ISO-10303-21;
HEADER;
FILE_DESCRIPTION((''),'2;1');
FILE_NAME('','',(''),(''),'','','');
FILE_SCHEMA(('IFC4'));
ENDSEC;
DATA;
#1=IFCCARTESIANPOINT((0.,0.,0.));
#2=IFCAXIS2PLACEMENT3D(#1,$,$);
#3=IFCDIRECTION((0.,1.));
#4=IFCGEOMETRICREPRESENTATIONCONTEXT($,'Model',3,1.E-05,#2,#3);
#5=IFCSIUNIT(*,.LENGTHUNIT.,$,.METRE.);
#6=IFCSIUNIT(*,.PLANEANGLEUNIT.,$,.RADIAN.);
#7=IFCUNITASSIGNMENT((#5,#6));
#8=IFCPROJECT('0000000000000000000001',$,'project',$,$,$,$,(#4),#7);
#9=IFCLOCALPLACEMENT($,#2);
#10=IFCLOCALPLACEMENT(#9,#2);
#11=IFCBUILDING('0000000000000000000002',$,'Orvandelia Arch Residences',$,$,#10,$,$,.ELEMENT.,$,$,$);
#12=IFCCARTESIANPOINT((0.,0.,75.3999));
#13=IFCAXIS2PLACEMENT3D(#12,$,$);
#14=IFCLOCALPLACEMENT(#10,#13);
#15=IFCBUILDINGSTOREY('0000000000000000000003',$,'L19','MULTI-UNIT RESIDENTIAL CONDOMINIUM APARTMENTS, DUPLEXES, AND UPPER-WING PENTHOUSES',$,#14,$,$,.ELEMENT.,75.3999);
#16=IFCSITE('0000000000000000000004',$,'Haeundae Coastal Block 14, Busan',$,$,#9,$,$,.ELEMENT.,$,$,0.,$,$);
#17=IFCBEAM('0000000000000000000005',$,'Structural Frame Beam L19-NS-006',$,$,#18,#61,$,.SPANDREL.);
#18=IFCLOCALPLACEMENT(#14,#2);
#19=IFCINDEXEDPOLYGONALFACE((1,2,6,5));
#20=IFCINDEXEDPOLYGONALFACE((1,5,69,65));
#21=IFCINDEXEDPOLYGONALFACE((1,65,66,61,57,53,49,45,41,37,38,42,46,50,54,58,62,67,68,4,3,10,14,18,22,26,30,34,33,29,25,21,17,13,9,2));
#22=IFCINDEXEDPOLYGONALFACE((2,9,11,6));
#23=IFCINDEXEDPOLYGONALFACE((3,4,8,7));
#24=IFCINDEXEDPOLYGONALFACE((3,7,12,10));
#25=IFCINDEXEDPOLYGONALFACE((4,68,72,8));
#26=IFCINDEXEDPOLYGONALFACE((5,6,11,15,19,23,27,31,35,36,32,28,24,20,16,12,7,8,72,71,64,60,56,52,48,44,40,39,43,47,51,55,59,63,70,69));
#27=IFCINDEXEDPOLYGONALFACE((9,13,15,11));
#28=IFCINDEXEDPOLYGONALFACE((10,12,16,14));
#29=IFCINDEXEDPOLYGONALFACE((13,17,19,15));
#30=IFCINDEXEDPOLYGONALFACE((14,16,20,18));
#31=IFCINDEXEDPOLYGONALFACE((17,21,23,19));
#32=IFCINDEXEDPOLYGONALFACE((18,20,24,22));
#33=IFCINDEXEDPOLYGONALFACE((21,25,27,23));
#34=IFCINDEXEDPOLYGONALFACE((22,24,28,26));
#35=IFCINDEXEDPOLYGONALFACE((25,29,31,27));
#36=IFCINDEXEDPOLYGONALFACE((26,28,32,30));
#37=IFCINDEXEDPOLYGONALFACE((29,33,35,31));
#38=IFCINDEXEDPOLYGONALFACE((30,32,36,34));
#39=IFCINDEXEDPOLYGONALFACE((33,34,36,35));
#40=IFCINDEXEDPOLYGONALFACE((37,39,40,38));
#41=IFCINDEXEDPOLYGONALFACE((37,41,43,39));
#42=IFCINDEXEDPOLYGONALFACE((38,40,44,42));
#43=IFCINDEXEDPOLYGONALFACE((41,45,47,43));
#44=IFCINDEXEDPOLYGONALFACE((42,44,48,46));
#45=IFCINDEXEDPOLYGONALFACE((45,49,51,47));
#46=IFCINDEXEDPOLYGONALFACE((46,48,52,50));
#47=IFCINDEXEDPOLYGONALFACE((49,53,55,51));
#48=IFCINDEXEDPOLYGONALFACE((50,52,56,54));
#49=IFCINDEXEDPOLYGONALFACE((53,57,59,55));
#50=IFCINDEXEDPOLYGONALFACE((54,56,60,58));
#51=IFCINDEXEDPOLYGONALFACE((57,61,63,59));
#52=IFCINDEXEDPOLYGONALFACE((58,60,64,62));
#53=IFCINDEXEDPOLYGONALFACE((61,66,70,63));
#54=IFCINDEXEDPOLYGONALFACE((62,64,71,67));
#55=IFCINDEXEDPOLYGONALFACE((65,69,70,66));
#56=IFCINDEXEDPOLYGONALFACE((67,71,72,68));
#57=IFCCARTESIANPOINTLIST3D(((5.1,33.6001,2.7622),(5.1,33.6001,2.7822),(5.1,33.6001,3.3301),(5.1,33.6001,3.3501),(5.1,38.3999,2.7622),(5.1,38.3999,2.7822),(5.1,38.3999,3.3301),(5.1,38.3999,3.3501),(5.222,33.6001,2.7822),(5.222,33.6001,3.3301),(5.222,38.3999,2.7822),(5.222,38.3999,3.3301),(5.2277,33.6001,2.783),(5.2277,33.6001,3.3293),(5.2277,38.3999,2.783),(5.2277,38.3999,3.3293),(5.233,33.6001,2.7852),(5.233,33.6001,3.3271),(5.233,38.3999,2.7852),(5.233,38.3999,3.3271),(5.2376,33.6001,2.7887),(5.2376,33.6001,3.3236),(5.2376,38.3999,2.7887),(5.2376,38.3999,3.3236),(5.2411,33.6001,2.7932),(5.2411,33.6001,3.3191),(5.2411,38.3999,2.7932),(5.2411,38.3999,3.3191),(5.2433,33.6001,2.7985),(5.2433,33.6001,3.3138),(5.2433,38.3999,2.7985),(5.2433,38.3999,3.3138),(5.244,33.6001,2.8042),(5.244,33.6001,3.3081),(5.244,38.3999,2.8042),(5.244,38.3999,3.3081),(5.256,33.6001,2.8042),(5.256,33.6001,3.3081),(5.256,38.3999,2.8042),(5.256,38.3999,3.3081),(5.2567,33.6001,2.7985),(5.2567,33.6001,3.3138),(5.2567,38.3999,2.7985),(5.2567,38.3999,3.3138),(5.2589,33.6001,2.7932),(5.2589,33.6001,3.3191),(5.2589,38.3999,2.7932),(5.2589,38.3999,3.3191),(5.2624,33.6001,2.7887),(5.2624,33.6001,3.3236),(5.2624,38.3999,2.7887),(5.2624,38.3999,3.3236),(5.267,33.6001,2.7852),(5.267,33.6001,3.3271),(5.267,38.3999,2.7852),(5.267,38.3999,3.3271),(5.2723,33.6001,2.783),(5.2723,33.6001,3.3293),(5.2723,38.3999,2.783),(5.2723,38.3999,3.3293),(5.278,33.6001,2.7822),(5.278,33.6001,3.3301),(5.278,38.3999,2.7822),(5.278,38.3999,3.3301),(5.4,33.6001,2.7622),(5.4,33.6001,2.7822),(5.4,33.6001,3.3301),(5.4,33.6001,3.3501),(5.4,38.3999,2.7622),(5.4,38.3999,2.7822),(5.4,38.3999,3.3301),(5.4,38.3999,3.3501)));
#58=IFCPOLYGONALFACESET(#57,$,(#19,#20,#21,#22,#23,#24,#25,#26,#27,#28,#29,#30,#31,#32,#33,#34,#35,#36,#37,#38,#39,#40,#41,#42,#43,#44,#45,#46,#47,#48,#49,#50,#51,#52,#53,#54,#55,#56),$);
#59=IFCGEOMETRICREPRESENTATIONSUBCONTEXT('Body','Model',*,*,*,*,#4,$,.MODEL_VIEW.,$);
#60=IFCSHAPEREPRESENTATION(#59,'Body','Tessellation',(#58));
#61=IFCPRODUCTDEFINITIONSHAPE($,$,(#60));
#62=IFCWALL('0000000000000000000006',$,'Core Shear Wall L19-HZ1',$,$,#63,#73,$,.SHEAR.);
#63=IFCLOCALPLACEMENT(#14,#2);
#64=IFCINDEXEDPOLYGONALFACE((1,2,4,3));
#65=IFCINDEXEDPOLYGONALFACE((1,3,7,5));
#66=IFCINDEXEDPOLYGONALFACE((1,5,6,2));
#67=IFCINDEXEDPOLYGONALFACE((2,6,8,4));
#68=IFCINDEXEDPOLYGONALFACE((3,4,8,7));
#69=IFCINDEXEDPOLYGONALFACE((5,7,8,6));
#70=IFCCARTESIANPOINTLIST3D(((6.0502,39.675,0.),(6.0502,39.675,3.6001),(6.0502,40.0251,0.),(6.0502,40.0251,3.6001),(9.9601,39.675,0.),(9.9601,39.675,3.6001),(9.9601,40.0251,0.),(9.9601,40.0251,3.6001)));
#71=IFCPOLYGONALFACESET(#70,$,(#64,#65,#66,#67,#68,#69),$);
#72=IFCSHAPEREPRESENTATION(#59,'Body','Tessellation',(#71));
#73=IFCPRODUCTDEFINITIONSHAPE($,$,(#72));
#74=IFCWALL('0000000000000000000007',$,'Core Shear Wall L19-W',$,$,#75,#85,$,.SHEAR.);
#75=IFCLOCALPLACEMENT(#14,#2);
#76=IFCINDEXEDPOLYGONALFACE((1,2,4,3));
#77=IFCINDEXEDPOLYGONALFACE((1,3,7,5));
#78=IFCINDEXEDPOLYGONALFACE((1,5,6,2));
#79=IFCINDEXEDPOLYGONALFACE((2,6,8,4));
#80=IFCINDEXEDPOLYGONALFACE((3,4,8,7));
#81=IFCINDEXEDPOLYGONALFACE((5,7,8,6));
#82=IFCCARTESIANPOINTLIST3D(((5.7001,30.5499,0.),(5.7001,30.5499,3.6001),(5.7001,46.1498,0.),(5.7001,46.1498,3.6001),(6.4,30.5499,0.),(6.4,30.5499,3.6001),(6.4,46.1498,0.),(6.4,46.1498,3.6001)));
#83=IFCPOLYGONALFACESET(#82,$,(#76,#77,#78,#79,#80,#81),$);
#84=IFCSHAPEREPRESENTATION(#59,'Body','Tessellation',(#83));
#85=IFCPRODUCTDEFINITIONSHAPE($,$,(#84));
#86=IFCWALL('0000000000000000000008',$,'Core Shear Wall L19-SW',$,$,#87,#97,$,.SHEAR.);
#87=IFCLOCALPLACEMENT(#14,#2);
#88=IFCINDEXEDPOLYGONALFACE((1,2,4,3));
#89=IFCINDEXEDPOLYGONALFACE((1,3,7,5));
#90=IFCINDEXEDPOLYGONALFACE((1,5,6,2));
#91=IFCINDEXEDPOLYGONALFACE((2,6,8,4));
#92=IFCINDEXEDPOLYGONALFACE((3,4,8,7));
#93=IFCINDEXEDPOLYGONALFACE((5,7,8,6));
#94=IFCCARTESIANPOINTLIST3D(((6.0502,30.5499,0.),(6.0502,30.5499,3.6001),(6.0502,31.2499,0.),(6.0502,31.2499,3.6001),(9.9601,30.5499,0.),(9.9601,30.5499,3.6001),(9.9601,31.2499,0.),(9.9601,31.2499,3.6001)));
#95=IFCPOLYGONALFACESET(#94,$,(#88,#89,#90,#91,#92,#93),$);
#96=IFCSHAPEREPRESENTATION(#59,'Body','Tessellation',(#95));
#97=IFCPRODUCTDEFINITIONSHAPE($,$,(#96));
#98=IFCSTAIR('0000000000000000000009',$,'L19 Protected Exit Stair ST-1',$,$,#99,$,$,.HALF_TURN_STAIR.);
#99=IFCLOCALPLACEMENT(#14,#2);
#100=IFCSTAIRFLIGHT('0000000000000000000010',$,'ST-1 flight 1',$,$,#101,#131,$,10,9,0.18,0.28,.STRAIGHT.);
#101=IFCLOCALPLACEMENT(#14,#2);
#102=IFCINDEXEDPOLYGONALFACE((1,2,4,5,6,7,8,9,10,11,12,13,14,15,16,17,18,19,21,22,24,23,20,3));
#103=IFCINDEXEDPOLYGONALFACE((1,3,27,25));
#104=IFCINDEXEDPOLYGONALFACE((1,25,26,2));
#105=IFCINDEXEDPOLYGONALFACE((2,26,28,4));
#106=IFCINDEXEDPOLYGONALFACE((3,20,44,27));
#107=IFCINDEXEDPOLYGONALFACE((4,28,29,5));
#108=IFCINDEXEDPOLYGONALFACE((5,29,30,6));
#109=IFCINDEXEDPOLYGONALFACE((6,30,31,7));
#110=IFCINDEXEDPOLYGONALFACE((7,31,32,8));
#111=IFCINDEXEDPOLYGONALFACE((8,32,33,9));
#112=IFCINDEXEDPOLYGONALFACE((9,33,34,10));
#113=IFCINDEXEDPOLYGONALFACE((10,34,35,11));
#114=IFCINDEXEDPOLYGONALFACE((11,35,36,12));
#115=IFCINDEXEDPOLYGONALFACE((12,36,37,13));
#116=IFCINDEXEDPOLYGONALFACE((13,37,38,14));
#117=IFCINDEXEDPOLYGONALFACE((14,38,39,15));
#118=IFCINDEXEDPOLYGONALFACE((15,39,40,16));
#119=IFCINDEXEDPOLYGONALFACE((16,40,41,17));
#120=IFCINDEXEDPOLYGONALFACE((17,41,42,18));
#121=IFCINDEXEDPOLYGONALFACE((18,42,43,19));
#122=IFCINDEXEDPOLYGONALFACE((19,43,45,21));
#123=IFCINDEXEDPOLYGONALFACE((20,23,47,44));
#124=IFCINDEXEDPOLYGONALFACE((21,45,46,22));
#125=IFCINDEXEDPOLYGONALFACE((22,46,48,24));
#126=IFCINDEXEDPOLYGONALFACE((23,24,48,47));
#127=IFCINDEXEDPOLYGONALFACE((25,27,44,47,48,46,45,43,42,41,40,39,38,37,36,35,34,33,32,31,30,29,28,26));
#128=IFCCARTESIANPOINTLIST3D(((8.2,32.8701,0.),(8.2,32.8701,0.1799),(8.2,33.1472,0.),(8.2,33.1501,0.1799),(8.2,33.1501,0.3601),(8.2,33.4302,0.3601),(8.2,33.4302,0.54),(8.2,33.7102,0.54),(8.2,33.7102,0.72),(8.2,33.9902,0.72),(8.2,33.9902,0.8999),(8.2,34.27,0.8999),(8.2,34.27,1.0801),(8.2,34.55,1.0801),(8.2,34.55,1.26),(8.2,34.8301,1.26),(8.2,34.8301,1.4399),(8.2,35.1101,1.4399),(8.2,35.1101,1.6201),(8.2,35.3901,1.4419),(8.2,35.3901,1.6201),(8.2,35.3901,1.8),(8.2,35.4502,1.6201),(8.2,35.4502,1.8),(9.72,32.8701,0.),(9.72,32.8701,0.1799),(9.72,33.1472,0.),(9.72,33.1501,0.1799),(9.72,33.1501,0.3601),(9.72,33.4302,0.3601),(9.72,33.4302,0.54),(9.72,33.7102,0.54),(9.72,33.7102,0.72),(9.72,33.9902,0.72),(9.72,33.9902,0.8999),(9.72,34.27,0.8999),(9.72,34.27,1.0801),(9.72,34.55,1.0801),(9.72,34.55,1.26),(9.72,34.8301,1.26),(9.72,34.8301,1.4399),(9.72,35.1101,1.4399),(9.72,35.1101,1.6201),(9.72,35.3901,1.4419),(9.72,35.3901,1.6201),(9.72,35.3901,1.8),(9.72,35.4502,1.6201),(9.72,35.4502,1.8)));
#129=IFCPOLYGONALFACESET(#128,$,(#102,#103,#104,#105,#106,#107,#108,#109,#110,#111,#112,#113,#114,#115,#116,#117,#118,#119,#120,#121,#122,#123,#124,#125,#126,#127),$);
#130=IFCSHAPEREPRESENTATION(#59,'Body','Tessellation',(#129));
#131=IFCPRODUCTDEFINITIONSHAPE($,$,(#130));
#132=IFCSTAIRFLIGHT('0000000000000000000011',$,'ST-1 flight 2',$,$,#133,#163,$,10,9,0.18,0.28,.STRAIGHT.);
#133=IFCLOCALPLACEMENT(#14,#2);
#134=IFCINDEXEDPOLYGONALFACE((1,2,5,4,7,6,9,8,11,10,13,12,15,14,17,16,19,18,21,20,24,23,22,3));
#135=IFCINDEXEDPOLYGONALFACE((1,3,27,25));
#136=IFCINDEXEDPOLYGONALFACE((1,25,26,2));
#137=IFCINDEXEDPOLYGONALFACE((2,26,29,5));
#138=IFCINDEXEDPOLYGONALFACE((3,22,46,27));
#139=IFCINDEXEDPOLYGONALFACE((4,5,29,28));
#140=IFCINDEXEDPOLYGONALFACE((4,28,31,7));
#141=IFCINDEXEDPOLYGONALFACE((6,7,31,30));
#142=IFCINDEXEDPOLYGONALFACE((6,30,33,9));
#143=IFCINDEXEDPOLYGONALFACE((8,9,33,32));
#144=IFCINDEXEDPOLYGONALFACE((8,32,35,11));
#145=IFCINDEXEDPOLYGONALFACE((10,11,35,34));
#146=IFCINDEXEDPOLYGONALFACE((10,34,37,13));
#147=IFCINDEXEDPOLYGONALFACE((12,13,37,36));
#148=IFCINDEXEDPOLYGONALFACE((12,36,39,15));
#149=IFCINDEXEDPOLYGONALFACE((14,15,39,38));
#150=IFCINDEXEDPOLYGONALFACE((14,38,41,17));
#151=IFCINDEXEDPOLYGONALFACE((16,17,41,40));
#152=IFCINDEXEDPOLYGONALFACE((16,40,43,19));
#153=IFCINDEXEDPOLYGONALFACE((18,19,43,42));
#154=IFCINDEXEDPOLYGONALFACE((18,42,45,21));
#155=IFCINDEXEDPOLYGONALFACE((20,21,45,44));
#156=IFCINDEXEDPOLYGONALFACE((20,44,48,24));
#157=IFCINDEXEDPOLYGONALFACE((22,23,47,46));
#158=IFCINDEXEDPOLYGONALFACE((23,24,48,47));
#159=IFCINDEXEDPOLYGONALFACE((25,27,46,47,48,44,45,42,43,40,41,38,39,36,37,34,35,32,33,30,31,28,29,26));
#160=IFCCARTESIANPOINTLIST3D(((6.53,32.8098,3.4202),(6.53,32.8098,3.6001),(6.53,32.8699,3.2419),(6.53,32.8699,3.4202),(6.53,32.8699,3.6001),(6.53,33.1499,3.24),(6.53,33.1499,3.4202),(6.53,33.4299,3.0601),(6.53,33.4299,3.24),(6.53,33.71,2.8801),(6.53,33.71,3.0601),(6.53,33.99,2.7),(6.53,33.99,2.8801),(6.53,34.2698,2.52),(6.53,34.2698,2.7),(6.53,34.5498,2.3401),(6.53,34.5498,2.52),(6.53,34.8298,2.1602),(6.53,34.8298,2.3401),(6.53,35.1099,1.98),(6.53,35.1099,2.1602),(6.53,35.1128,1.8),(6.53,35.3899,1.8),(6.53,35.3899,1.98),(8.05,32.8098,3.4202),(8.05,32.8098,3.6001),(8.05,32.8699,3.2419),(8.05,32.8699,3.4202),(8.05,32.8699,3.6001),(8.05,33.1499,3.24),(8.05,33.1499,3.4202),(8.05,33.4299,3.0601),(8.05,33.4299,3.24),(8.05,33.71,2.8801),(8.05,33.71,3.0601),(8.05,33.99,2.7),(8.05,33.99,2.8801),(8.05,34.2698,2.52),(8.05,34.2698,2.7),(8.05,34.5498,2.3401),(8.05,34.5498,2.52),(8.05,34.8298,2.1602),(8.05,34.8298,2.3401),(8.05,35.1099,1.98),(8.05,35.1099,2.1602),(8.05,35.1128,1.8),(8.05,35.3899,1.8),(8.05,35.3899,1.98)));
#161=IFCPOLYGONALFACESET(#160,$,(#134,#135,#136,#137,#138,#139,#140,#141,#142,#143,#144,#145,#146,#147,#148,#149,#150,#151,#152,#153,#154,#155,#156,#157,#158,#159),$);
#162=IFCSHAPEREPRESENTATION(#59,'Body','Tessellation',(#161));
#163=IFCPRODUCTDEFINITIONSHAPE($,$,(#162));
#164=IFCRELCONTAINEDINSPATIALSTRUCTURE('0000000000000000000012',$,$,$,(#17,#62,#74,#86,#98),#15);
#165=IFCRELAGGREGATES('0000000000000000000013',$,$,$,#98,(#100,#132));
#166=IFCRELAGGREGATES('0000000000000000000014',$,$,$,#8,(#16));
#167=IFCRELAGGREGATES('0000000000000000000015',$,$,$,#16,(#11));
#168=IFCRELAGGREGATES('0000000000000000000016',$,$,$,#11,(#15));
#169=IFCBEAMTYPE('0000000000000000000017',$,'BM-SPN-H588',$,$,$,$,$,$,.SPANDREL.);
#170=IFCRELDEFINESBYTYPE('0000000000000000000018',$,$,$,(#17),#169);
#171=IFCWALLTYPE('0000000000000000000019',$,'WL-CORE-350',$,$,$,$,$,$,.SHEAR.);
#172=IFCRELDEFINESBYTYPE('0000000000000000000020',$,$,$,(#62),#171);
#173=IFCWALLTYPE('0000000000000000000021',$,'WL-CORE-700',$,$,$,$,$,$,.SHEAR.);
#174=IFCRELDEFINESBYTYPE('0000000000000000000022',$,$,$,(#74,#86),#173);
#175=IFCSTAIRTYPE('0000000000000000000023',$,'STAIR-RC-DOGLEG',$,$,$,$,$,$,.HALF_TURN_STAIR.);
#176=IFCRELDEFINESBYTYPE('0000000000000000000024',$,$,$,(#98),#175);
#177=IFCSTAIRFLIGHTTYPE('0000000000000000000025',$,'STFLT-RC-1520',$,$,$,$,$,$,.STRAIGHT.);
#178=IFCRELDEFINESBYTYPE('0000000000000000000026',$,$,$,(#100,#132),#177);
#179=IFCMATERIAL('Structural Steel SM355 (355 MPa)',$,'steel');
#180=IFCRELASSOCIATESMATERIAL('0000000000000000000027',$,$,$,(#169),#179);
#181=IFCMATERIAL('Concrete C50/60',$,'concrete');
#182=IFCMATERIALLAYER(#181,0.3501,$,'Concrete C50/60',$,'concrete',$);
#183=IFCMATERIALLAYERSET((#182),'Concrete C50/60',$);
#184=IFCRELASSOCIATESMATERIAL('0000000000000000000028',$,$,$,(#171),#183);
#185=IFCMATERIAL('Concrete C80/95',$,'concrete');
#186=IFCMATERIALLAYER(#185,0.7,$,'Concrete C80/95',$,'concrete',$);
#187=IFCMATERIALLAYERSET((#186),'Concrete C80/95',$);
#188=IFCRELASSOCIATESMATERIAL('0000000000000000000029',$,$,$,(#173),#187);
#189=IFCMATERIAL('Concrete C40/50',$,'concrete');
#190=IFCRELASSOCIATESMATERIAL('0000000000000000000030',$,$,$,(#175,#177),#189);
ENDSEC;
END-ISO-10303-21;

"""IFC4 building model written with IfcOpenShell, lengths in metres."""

from ifc_helpers import new_model, si_unit, direction, frame, frame_2d, origin, origin_2d, place, context, subcontext, project, spatial, polyline, rectangle, i_section, outline, extrude, material, layer, layer_set, material_profile, profile_set, type_object, element, aggregate, save


model = new_model("IFC4")

# Units and contexts
model_context = context("Model", 3, precision=1e-05, world=origin(), true_north=direction((0.0, 1.0)))
body_context = subcontext(model_context, "Body", "Model", "MODEL_VIEW")
ifc_project = project(units=[si_unit("LENGTHUNIT", "METRE"), si_unit("PLANEANGLEUNIT", "RADIAN")], contexts=[model_context])

# Site, building, storey
site_placement = place(None, origin())
site = spatial("IfcSite", under=ifc_project, at=site_placement, Name="Haeundae Coastal Block 14, Busan", CompositionType="ELEMENT", RefElevation=0.0)
building_placement = place(site_placement, origin())
building = spatial("IfcBuilding", under=site, at=building_placement, Name="Orvandelia Arch Residences", CompositionType="ELEMENT")
storey_placement = place(building_placement, frame((0.0, 0.0, 75.3999)))
storey = spatial("IfcBuildingStorey", under=building, at=storey_placement, Name="L19", Description="MULTI-UNIT RESIDENTIAL CONDOMINIUM APARTMENTS, DUPLEXES, AND UPPER-WING PENTHOUSES", CompositionType="ELEMENT", Elevation=75.3999)

# Shared definitions
ifc_material_1 = material(Name="Concrete C80/95", Category="concrete")

# Beam
ifc_material_2 = material(Name="Structural Steel SM355 (355 MPa)", Category="steel")
ifc_material_profile_1 = material_profile(ifc_material_2, i_section(OverallWidth=0.3, OverallDepth=0.5879, WebThickness=0.012, FlangeThickness=0.02, FilletRadius=0.022, at=origin_2d()), Name="Structural Steel SM355 (355 MPa)", Category="steel")
ifc_profile_set_1 = profile_set([ifc_material_profile_1], Name="Structural Steel SM355 (355 MPa)")
beam_type_1 = type_object("IfcBeamType", Name="BM-SPN-H588", PredefinedType="SPANDREL", material=ifc_profile_set_1)
beam_1_placement = place(storey_placement, frame((5.25, 33.6001, 3.0562), z_axis=(0.0, 1.0, 0.0), x_axis=(-1.0, 0.0, 0.0)))
element("IfcBeam", 1, at=beam_1_placement, inside=storey, type_object=beam_type_1, Name="Structural Frame Beam L19-NS-006", PredefinedType="SPANDREL", context=body_context, shape_type="SweptSolid", body=[
    extrude(i_section(OverallWidth=0.3, OverallDepth=0.5879, WebThickness=0.012, FlangeThickness=0.02, FilletRadius=0.022, at=origin_2d()), origin(), (0.0, 0.0, 1.0), 4.7998),
])

# Walls
ifc_material_3 = material(Name="Concrete C50/60", Category="concrete")
ifc_layer_1 = layer(ifc_material_3, 0.3501, Name="Concrete C50/60", Category="concrete")
ifc_layer_set_1 = layer_set([ifc_layer_1], Name="Concrete C50/60")
wall_type_1 = type_object("IfcWallType", Name="WL-CORE-350", PredefinedType="SHEAR", material=ifc_layer_set_1)
wall_1_placement = place(storey_placement, frame((6.05, 39.8501, 0.0), z_axis=(0.0, 0.0, 1.0), x_axis=(1.0, 0.0, 0.0)))
element("IfcWall", 2, at=wall_1_placement, inside=storey, type_object=wall_type_1, Name="Core Shear Wall L19-HZ1", PredefinedType="SHEAR", context=body_context, shape_type="SweptSolid", body=[
    extrude(rectangle(XDim=3.9099, YDim=0.3501, at=frame_2d((1.9551, 0.0))), origin(), (0.0, 0.0, 1.0), 3.6001),
])
ifc_layer_2 = layer(ifc_material_1, 0.7, Name="Concrete C80/95", Category="concrete")
ifc_layer_set_2 = layer_set([ifc_layer_2], Name="Concrete C80/95")
wall_type_2 = type_object("IfcWallType", Name="WL-CORE-700", PredefinedType="SHEAR", material=ifc_layer_set_2)
wall_2_placement = place(storey_placement, frame((6.05, 30.55, 0.0), z_axis=(0.0, 0.0, 1.0), x_axis=(0.0, 1.0, 0.0)))
element("IfcWall", 3, at=wall_2_placement, inside=storey, type_object=wall_type_2, Name="Core Shear Wall L19-W", PredefinedType="SHEAR", context=body_context, shape_type="SweptSolid", body=[
    extrude(rectangle(XDim=15.5999, YDim=0.7, at=frame_2d((7.7998, 0.0))), origin(), (0.0, 0.0, 1.0), 3.6001),
])
wall_3_placement = place(storey_placement, frame((6.05, 30.8999, 0.0), z_axis=(0.0, 0.0, 1.0), x_axis=(1.0, 0.0, 0.0)))
element("IfcWall", 4, at=wall_3_placement, inside=storey, type_object=wall_type_2, Name="Core Shear Wall L19-SW", PredefinedType="SHEAR", context=body_context, shape_type="SweptSolid", body=[
    extrude(rectangle(XDim=3.9099, YDim=0.7, at=frame_2d((1.9551, 0.0))), origin(), (0.0, 0.0, 1.0), 3.6001),
])

# Stair, stair flights
ifc_material_4 = material(Name="Concrete C40/50", Category="concrete")
stair_type = type_object("IfcStairType", Name="STAIR-RC-DOGLEG", PredefinedType="HALF_TURN_STAIR", material=ifc_material_4)
stair_placement = place(storey_placement, origin())
stair = element("IfcStair", 5, at=stair_placement, inside=storey, type_object=stair_type, Name="L19 Protected Exit Stair ST-1", PredefinedType="HALF_TURN_STAIR")
stair_flight_type = type_object("IfcStairFlightType", Name="STFLT-RC-1520", PredefinedType="STRAIGHT", material=ifc_material_4)
stair_flight_1_placement = place(storey_placement, frame((8.96, 32.8701, 0.0), z_axis=(0.0, 0.0, 1.0), x_axis=(0.0, 1.0, 0.0)))
stair_flight_1 = element("IfcStairFlight", 6, at=stair_flight_1_placement, type_object=stair_flight_type, Name="ST-1 flight 1", NumberOfRisers=10, NumberOfTreads=9, PredefinedType="STRAIGHT", RiserHeight=0.18, TreadLength=0.28, context=body_context, shape_type="SweptSolid", body=[
    extrude(outline(polyline([(0.0, 0.0), (0.0, 0.1799), (0.28, 0.1799), (0.28, 0.3601), (0.5601, 0.3601), (0.5601, 0.54), (0.8401, 0.54), (0.8401, 0.72), (1.1201, 0.72), (1.1201, 0.8999), (1.3999, 0.8999), (1.3999, 1.0801), (1.6799, 1.0801), (1.6799, 1.26), (1.96, 1.26), (1.96, 1.4399), (2.24, 1.4399), (2.24, 1.6201), (2.52, 1.6201), (2.52, 1.8), (2.5801, 1.8), (2.5801, 1.6201), (2.52, 1.4419), (0.2771, 0.0), (0.0, 0.0)])), frame((0.0, 0.76, 0.0), z_axis=(0.0, -1.0, 0.0), x_axis=(1.0, 0.0, 0.0)), (0.0, 0.0, 1.0), 1.52),
])
stair_flight_2_placement = place(storey_placement, frame((7.29, 35.3899, 1.8), z_axis=(0.0, 0.0, 1.0), x_axis=(0.0, -1.0, 0.0)))
stair_flight_2 = element("IfcStairFlight", 7, at=stair_flight_2_placement, type_object=stair_flight_type, Name="ST-1 flight 2", NumberOfRisers=10, NumberOfTreads=9, PredefinedType="STRAIGHT", RiserHeight=0.18, TreadLength=0.28, context=body_context, shape_type="SweptSolid", body=[
    extrude(outline(polyline([(0.0, 0.0), (0.0, 0.1799), (0.28, 0.1799), (0.28, 0.3601), (0.5601, 0.3601), (0.5601, 0.54), (0.8401, 0.54), (0.8401, 0.72), (1.1201, 0.72), (1.1201, 0.8999), (1.3999, 0.8999), (1.3999, 1.0801), (1.6799, 1.0801), (1.6799, 1.26), (1.96, 1.26), (1.96, 1.4399), (2.24, 1.4399), (2.24, 1.6201), (2.52, 1.6201), (2.52, 1.8), (2.5801, 1.8), (2.5801, 1.6201), (2.52, 1.4419), (0.2771, 0.0), (0.0, 0.0)])), frame((0.0, 0.76, 0.0), z_axis=(0.0, -1.0, 0.0), x_axis=(1.0, 0.0, 0.0)), (0.0, 0.0, 1.0), 1.52),
])
aggregate(stair, [stair_flight_1, stair_flight_2])

save(model, "model.ifc")
